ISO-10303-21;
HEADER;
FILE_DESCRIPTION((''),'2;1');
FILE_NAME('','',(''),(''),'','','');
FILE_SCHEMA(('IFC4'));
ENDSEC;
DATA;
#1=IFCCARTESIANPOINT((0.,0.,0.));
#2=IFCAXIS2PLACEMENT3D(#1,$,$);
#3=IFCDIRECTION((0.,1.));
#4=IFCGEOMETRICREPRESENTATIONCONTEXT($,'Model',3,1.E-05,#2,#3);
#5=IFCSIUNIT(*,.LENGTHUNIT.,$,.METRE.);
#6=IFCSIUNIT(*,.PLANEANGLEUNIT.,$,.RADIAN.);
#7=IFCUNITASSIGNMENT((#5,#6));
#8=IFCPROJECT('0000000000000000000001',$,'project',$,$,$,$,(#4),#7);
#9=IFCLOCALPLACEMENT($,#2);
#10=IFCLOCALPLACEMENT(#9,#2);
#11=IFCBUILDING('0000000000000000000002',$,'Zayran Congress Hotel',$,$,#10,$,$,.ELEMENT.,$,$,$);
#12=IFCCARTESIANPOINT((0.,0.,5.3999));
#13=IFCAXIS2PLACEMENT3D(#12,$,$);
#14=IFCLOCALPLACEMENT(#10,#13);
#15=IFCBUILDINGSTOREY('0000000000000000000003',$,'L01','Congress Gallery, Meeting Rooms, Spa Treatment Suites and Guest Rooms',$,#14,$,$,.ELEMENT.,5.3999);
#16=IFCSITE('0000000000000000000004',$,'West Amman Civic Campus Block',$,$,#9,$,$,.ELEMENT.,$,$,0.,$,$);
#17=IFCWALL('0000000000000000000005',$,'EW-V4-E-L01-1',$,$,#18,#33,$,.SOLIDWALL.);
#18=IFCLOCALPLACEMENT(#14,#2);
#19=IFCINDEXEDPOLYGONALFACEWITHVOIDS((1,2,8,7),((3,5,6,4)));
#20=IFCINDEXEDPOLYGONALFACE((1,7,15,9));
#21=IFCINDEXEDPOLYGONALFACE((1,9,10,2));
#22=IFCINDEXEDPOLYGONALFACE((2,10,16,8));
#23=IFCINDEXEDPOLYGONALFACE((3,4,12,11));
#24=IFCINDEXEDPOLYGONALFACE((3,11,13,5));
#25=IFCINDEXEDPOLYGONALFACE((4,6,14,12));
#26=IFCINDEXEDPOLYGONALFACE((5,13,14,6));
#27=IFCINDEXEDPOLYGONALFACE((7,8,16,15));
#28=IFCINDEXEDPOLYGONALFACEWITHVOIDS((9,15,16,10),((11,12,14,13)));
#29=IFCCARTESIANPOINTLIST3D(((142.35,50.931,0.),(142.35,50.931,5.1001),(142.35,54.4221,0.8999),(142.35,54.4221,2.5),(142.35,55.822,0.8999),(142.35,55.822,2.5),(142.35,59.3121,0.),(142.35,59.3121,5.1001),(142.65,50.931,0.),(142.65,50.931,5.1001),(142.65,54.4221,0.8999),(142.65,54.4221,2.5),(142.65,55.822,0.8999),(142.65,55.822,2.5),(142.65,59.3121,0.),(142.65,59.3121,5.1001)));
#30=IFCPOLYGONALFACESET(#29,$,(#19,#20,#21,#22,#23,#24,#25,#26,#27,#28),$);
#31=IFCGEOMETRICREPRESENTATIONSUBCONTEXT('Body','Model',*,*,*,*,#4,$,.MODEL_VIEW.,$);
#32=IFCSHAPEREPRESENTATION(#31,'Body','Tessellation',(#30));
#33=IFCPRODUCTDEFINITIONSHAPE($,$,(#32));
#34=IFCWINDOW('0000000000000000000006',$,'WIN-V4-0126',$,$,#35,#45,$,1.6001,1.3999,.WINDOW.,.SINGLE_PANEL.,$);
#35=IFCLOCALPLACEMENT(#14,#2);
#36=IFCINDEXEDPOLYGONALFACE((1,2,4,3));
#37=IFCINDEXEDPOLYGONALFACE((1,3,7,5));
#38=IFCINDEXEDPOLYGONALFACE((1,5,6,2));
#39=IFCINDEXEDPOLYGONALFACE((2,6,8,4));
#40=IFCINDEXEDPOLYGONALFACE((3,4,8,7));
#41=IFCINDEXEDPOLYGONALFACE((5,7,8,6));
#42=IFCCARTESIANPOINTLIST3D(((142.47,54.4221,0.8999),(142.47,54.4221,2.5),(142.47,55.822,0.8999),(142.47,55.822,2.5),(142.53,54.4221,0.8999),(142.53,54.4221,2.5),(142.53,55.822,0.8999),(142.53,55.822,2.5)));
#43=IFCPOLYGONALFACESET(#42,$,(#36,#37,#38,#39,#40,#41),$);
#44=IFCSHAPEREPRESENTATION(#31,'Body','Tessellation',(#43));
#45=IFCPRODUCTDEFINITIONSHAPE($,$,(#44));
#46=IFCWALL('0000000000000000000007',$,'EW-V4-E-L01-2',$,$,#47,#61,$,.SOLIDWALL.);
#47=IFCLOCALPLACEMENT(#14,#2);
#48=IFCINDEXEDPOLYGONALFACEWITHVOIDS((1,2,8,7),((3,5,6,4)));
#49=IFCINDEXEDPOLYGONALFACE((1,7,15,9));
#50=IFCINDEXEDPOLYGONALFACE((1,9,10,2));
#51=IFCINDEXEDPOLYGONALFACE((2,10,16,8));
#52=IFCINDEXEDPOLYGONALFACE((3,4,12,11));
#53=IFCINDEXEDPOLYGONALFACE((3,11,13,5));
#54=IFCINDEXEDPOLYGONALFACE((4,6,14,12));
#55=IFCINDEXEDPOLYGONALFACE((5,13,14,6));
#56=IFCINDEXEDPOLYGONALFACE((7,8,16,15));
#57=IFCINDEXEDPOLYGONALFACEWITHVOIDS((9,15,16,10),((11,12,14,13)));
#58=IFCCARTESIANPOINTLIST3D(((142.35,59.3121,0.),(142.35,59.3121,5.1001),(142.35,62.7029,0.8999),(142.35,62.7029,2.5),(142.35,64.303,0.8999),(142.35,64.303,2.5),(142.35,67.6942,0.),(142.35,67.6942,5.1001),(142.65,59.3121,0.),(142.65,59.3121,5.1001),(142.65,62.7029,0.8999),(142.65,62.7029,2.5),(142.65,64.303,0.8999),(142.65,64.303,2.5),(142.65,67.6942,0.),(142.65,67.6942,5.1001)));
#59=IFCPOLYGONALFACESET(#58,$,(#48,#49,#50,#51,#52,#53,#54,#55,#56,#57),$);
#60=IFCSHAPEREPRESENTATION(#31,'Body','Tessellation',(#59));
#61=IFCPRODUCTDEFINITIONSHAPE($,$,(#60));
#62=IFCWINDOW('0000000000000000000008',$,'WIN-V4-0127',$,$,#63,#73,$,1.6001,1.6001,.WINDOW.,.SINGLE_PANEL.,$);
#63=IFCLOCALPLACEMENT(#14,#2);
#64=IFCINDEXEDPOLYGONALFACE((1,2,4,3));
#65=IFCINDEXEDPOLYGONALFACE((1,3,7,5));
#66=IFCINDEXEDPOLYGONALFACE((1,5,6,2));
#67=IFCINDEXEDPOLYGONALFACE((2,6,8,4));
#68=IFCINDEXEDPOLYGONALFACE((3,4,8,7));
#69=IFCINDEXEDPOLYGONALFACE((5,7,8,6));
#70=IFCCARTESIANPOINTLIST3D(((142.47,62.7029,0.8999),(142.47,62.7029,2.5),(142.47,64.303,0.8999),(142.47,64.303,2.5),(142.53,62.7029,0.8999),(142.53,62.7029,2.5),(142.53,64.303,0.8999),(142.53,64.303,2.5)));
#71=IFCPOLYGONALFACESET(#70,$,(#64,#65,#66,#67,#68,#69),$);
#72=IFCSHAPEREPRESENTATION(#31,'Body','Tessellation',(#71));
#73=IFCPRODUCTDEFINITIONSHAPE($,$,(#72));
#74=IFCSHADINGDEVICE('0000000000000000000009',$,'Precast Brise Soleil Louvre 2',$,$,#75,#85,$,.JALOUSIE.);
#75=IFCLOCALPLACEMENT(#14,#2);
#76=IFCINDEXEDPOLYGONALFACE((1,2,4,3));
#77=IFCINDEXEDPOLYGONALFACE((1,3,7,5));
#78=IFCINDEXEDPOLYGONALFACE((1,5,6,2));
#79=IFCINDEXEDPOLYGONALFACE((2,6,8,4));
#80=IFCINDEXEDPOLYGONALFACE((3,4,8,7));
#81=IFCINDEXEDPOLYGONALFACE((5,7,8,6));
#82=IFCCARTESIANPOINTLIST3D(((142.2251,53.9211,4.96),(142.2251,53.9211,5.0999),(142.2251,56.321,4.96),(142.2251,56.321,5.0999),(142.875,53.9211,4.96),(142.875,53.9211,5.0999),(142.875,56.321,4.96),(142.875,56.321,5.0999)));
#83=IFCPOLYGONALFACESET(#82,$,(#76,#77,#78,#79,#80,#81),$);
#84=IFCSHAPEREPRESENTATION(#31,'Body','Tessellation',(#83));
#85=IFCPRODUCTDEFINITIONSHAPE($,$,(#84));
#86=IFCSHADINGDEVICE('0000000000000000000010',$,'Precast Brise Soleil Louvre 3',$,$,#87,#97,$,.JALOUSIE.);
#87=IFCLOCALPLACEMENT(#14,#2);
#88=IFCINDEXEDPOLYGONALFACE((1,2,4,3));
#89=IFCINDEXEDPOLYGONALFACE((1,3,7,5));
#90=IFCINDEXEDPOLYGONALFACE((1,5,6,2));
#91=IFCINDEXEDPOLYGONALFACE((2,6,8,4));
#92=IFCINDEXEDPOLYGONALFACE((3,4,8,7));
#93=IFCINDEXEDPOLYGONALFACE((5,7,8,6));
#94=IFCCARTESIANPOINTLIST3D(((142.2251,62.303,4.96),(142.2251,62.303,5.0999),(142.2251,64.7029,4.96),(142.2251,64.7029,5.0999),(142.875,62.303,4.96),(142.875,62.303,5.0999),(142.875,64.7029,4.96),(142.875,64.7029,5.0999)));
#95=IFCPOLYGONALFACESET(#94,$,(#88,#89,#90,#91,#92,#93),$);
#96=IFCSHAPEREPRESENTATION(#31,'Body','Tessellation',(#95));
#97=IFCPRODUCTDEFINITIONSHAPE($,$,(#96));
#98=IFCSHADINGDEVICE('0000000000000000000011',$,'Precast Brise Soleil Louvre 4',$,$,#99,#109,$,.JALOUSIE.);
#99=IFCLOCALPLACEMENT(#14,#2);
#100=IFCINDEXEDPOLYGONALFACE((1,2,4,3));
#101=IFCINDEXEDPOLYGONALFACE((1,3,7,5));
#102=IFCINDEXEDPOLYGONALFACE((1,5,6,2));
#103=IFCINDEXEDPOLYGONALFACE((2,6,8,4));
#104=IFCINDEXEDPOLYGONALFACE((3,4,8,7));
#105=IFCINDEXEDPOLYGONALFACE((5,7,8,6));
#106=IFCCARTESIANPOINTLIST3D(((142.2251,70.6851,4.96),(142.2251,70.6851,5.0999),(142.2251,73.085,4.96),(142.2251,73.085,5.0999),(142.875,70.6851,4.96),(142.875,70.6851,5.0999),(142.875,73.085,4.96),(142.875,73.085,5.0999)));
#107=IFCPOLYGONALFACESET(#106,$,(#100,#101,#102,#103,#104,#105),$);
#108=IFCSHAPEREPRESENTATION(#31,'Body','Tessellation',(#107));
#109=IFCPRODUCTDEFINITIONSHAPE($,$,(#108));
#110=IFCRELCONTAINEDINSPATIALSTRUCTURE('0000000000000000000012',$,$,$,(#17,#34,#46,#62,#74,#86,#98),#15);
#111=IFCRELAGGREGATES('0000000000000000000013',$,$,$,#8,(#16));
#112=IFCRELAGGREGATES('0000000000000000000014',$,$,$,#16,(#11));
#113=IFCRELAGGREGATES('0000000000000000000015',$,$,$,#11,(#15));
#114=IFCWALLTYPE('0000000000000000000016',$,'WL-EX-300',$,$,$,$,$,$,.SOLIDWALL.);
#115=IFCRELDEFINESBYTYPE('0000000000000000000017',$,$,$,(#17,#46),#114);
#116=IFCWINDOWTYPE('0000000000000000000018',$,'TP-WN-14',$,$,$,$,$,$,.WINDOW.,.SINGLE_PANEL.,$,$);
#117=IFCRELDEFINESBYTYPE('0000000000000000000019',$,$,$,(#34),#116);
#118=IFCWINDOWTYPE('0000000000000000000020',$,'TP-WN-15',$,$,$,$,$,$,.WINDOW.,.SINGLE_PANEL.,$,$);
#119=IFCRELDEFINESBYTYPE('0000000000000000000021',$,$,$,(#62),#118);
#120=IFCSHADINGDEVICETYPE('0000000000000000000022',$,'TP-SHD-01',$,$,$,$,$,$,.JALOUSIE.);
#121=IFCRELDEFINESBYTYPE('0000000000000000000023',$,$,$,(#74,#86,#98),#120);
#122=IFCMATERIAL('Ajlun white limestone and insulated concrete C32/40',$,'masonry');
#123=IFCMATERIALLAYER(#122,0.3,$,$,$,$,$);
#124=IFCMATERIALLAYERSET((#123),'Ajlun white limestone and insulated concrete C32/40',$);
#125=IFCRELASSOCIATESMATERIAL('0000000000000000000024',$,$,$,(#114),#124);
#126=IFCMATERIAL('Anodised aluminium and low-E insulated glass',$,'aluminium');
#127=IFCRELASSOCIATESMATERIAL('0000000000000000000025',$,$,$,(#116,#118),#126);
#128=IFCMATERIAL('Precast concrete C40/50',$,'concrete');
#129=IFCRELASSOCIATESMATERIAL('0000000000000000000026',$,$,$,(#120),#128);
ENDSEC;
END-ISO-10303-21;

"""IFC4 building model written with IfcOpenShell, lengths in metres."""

from ifc_helpers import new_model, si_unit, direction, frame, frame_2d, origin, origin_2d, place, context, subcontext, project, spatial, rectangle, extrude, material, layer, layer_set, type_object, element, fill, save


model = new_model("IFC4")

# Units and contexts
model_context = context("Model", 3, precision=1e-05, world=origin(), true_north=direction((0.0, 1.0)))
body_context = subcontext(model_context, "Body", "Model", "MODEL_VIEW")
ifc_project = project(units=[si_unit("LENGTHUNIT", "METRE"), si_unit("PLANEANGLEUNIT", "RADIAN")], contexts=[model_context])

# Site, building, storey
site_placement = place(None, origin())
site = spatial("IfcSite", under=ifc_project, at=site_placement, Name="West Amman Civic Campus Block", CompositionType="ELEMENT", RefElevation=0.0)
building_placement = place(site_placement, origin())
building = spatial("IfcBuilding", under=site, at=building_placement, Name="Zayran Congress Hotel", CompositionType="ELEMENT")
storey_placement = place(building_placement, frame((0.0, 0.0, 5.3999)))
storey = spatial("IfcBuildingStorey", under=building, at=storey_placement, Name="L01", Description="Congress Gallery, Meeting Rooms, Spa Treatment Suites and Guest Rooms", CompositionType="ELEMENT", Elevation=5.3999)

# Walls, openings, windows
ifc_material_1 = material(Name="Ajlun white limestone and insulated concrete C32/40", Category="masonry")
ifc_layer = layer(ifc_material_1, 0.3)
ifc_layer_set = layer_set([ifc_layer], Name="Ajlun white limestone and insulated concrete C32/40")
wall_type = type_object("IfcWallType", Name="WL-EX-300", PredefinedType="SOLIDWALL", material=ifc_layer_set)
ifc_material_2 = material(Name="Anodised aluminium and low-E insulated glass", Category="aluminium")
wall_1_placement = place(storey_placement, frame((142.5, 59.312, 0.0), z_axis=(0.0, 0.0, 1.0), x_axis=(0.0, -1.0, 0.0)))
wall_1 = element("IfcWall", 1, at=wall_1_placement, inside=storey, type_object=wall_type, Name="EW-V4-E-L01-1", PredefinedType="SOLIDWALL", context=body_context, shape_type="SweptSolid", body=[
    extrude(rectangle(XDim=8.3811, YDim=0.3, at=frame_2d((4.1904, 0.0))), origin(), (0.0, 0.0, 1.0), 5.1001),
])
opening_1_placement = place(wall_1_placement, frame((3.49, 0.0, 0.8999)))
opening_1 = element("IfcOpeningElement", 2, at=opening_1_placement, cuts=wall_1, PredefinedType="OPENING", context=body_context, shape_type="SweptSolid", body=[
    extrude(rectangle(XDim=1.3999, YDim=1.6001, at=frame_2d((0.7, 0.8))), frame((0.0, 0.1599, 0.0), z_axis=(0.0, -1.0, 0.0), x_axis=(1.0, 0.0, 0.0)), (0.0, 0.0, 1.0), 0.3201),
])
window_type_1 = type_object("IfcWindowType", Name="TP-WN-14", PartitioningType="SINGLE_PANEL", PredefinedType="WINDOW", material=ifc_material_2)
window_1_placement = place(opening_1_placement, origin())
window_1 = element("IfcWindow", 3, at=window_1_placement, inside=storey, type_object=window_type_1, Name="WIN-V4-0126", OverallHeight=1.6001, OverallWidth=1.3999, PartitioningType="SINGLE_PANEL", PredefinedType="WINDOW", context=body_context, shape_type="SweptSolid", body=[
    extrude(rectangle(XDim=1.3999, YDim=1.6001, at=frame_2d((0.7, 0.8))), frame((0.0, 0.03, 0.0), z_axis=(0.0, -1.0, 0.0), x_axis=(1.0, 0.0, 0.0)), (0.0, 0.0, 1.0), 0.0601),
])
fill(opening_1, window_1)
wall_2_placement = place(storey_placement, frame((142.5, 67.6941, 0.0), z_axis=(0.0, 0.0, 1.0), x_axis=(0.0, -1.0, 0.0)))
wall_2 = element("IfcWall", 4, at=wall_2_placement, inside=storey, type_object=wall_type, Name="EW-V4-E-L01-2", PredefinedType="SOLIDWALL", context=body_context, shape_type="SweptSolid", body=[
    extrude(rectangle(XDim=8.3821, YDim=0.3, at=frame_2d((4.1909, 0.0))), origin(), (0.0, 0.0, 1.0), 5.1001),
])
opening_2_placement = place(wall_2_placement, frame((3.3911, 0.0, 0.8999)))
opening_2 = element("IfcOpeningElement", 5, at=opening_2_placement, cuts=wall_2, PredefinedType="OPENING", context=body_context, shape_type="SweptSolid", body=[
    extrude(rectangle(XDim=1.6001, YDim=1.6001, at=frame_2d((0.8, 0.8))), frame((0.0, 0.1599, 0.0), z_axis=(0.0, -1.0, 0.0), x_axis=(1.0, 0.0, 0.0)), (0.0, 0.0, 1.0), 0.3201),
])
window_type_2 = type_object("IfcWindowType", Name="TP-WN-15", PartitioningType="SINGLE_PANEL", PredefinedType="WINDOW", material=ifc_material_2)
window_2_placement = place(opening_2_placement, origin())
window_2 = element("IfcWindow", 6, at=window_2_placement, inside=storey, type_object=window_type_2, Name="WIN-V4-0127", OverallHeight=1.6001, OverallWidth=1.6001, PartitioningType="SINGLE_PANEL", PredefinedType="WINDOW", context=body_context, shape_type="SweptSolid", body=[
    extrude(rectangle(XDim=1.6001, YDim=1.6001, at=frame_2d((0.8, 0.8))), frame((0.0, 0.03, 0.0), z_axis=(0.0, -1.0, 0.0), x_axis=(1.0, 0.0, 0.0)), (0.0, 0.0, 1.0), 0.0601),
])
fill(opening_2, window_2)

# Shading devices
ifc_material_3 = material(Name="Precast concrete C40/50", Category="concrete")
shading_device_type = type_object("IfcShadingDeviceType", Name="TP-SHD-01", PredefinedType="JALOUSIE", material=ifc_material_3)
for number, where, z_axis, x_axis, name in (
    (7, (142.55, 55.1211, 4.96), (0.0, 0.0, 1.0), (0.0, 1.0, 0.0), "Precast Brise Soleil Louvre 2"),
    (8, (142.55, 63.5029, 4.96), (0.0, 0.0, 1.0), (0.0, 1.0, 0.0), "Precast Brise Soleil Louvre 3"),
    (9, (142.55, 71.885, 4.96), (0.0, 0.0, 1.0), (0.0, 1.0, 0.0), "Precast Brise Soleil Louvre 4"),
):
    element("IfcShadingDevice", number, at=place(storey_placement, frame(where, z_axis=z_axis, x_axis=x_axis)), inside=storey, type_object=shading_device_type, Name=name, PredefinedType="JALOUSIE", context=body_context, shape_type="SweptSolid", body=[
        extrude(rectangle(XDim=2.3999, YDim=0.6499, at=origin_2d()), origin(), (0.0, 0.0, 1.0), 0.1399),
    ])

save(model, "model.ifc")
